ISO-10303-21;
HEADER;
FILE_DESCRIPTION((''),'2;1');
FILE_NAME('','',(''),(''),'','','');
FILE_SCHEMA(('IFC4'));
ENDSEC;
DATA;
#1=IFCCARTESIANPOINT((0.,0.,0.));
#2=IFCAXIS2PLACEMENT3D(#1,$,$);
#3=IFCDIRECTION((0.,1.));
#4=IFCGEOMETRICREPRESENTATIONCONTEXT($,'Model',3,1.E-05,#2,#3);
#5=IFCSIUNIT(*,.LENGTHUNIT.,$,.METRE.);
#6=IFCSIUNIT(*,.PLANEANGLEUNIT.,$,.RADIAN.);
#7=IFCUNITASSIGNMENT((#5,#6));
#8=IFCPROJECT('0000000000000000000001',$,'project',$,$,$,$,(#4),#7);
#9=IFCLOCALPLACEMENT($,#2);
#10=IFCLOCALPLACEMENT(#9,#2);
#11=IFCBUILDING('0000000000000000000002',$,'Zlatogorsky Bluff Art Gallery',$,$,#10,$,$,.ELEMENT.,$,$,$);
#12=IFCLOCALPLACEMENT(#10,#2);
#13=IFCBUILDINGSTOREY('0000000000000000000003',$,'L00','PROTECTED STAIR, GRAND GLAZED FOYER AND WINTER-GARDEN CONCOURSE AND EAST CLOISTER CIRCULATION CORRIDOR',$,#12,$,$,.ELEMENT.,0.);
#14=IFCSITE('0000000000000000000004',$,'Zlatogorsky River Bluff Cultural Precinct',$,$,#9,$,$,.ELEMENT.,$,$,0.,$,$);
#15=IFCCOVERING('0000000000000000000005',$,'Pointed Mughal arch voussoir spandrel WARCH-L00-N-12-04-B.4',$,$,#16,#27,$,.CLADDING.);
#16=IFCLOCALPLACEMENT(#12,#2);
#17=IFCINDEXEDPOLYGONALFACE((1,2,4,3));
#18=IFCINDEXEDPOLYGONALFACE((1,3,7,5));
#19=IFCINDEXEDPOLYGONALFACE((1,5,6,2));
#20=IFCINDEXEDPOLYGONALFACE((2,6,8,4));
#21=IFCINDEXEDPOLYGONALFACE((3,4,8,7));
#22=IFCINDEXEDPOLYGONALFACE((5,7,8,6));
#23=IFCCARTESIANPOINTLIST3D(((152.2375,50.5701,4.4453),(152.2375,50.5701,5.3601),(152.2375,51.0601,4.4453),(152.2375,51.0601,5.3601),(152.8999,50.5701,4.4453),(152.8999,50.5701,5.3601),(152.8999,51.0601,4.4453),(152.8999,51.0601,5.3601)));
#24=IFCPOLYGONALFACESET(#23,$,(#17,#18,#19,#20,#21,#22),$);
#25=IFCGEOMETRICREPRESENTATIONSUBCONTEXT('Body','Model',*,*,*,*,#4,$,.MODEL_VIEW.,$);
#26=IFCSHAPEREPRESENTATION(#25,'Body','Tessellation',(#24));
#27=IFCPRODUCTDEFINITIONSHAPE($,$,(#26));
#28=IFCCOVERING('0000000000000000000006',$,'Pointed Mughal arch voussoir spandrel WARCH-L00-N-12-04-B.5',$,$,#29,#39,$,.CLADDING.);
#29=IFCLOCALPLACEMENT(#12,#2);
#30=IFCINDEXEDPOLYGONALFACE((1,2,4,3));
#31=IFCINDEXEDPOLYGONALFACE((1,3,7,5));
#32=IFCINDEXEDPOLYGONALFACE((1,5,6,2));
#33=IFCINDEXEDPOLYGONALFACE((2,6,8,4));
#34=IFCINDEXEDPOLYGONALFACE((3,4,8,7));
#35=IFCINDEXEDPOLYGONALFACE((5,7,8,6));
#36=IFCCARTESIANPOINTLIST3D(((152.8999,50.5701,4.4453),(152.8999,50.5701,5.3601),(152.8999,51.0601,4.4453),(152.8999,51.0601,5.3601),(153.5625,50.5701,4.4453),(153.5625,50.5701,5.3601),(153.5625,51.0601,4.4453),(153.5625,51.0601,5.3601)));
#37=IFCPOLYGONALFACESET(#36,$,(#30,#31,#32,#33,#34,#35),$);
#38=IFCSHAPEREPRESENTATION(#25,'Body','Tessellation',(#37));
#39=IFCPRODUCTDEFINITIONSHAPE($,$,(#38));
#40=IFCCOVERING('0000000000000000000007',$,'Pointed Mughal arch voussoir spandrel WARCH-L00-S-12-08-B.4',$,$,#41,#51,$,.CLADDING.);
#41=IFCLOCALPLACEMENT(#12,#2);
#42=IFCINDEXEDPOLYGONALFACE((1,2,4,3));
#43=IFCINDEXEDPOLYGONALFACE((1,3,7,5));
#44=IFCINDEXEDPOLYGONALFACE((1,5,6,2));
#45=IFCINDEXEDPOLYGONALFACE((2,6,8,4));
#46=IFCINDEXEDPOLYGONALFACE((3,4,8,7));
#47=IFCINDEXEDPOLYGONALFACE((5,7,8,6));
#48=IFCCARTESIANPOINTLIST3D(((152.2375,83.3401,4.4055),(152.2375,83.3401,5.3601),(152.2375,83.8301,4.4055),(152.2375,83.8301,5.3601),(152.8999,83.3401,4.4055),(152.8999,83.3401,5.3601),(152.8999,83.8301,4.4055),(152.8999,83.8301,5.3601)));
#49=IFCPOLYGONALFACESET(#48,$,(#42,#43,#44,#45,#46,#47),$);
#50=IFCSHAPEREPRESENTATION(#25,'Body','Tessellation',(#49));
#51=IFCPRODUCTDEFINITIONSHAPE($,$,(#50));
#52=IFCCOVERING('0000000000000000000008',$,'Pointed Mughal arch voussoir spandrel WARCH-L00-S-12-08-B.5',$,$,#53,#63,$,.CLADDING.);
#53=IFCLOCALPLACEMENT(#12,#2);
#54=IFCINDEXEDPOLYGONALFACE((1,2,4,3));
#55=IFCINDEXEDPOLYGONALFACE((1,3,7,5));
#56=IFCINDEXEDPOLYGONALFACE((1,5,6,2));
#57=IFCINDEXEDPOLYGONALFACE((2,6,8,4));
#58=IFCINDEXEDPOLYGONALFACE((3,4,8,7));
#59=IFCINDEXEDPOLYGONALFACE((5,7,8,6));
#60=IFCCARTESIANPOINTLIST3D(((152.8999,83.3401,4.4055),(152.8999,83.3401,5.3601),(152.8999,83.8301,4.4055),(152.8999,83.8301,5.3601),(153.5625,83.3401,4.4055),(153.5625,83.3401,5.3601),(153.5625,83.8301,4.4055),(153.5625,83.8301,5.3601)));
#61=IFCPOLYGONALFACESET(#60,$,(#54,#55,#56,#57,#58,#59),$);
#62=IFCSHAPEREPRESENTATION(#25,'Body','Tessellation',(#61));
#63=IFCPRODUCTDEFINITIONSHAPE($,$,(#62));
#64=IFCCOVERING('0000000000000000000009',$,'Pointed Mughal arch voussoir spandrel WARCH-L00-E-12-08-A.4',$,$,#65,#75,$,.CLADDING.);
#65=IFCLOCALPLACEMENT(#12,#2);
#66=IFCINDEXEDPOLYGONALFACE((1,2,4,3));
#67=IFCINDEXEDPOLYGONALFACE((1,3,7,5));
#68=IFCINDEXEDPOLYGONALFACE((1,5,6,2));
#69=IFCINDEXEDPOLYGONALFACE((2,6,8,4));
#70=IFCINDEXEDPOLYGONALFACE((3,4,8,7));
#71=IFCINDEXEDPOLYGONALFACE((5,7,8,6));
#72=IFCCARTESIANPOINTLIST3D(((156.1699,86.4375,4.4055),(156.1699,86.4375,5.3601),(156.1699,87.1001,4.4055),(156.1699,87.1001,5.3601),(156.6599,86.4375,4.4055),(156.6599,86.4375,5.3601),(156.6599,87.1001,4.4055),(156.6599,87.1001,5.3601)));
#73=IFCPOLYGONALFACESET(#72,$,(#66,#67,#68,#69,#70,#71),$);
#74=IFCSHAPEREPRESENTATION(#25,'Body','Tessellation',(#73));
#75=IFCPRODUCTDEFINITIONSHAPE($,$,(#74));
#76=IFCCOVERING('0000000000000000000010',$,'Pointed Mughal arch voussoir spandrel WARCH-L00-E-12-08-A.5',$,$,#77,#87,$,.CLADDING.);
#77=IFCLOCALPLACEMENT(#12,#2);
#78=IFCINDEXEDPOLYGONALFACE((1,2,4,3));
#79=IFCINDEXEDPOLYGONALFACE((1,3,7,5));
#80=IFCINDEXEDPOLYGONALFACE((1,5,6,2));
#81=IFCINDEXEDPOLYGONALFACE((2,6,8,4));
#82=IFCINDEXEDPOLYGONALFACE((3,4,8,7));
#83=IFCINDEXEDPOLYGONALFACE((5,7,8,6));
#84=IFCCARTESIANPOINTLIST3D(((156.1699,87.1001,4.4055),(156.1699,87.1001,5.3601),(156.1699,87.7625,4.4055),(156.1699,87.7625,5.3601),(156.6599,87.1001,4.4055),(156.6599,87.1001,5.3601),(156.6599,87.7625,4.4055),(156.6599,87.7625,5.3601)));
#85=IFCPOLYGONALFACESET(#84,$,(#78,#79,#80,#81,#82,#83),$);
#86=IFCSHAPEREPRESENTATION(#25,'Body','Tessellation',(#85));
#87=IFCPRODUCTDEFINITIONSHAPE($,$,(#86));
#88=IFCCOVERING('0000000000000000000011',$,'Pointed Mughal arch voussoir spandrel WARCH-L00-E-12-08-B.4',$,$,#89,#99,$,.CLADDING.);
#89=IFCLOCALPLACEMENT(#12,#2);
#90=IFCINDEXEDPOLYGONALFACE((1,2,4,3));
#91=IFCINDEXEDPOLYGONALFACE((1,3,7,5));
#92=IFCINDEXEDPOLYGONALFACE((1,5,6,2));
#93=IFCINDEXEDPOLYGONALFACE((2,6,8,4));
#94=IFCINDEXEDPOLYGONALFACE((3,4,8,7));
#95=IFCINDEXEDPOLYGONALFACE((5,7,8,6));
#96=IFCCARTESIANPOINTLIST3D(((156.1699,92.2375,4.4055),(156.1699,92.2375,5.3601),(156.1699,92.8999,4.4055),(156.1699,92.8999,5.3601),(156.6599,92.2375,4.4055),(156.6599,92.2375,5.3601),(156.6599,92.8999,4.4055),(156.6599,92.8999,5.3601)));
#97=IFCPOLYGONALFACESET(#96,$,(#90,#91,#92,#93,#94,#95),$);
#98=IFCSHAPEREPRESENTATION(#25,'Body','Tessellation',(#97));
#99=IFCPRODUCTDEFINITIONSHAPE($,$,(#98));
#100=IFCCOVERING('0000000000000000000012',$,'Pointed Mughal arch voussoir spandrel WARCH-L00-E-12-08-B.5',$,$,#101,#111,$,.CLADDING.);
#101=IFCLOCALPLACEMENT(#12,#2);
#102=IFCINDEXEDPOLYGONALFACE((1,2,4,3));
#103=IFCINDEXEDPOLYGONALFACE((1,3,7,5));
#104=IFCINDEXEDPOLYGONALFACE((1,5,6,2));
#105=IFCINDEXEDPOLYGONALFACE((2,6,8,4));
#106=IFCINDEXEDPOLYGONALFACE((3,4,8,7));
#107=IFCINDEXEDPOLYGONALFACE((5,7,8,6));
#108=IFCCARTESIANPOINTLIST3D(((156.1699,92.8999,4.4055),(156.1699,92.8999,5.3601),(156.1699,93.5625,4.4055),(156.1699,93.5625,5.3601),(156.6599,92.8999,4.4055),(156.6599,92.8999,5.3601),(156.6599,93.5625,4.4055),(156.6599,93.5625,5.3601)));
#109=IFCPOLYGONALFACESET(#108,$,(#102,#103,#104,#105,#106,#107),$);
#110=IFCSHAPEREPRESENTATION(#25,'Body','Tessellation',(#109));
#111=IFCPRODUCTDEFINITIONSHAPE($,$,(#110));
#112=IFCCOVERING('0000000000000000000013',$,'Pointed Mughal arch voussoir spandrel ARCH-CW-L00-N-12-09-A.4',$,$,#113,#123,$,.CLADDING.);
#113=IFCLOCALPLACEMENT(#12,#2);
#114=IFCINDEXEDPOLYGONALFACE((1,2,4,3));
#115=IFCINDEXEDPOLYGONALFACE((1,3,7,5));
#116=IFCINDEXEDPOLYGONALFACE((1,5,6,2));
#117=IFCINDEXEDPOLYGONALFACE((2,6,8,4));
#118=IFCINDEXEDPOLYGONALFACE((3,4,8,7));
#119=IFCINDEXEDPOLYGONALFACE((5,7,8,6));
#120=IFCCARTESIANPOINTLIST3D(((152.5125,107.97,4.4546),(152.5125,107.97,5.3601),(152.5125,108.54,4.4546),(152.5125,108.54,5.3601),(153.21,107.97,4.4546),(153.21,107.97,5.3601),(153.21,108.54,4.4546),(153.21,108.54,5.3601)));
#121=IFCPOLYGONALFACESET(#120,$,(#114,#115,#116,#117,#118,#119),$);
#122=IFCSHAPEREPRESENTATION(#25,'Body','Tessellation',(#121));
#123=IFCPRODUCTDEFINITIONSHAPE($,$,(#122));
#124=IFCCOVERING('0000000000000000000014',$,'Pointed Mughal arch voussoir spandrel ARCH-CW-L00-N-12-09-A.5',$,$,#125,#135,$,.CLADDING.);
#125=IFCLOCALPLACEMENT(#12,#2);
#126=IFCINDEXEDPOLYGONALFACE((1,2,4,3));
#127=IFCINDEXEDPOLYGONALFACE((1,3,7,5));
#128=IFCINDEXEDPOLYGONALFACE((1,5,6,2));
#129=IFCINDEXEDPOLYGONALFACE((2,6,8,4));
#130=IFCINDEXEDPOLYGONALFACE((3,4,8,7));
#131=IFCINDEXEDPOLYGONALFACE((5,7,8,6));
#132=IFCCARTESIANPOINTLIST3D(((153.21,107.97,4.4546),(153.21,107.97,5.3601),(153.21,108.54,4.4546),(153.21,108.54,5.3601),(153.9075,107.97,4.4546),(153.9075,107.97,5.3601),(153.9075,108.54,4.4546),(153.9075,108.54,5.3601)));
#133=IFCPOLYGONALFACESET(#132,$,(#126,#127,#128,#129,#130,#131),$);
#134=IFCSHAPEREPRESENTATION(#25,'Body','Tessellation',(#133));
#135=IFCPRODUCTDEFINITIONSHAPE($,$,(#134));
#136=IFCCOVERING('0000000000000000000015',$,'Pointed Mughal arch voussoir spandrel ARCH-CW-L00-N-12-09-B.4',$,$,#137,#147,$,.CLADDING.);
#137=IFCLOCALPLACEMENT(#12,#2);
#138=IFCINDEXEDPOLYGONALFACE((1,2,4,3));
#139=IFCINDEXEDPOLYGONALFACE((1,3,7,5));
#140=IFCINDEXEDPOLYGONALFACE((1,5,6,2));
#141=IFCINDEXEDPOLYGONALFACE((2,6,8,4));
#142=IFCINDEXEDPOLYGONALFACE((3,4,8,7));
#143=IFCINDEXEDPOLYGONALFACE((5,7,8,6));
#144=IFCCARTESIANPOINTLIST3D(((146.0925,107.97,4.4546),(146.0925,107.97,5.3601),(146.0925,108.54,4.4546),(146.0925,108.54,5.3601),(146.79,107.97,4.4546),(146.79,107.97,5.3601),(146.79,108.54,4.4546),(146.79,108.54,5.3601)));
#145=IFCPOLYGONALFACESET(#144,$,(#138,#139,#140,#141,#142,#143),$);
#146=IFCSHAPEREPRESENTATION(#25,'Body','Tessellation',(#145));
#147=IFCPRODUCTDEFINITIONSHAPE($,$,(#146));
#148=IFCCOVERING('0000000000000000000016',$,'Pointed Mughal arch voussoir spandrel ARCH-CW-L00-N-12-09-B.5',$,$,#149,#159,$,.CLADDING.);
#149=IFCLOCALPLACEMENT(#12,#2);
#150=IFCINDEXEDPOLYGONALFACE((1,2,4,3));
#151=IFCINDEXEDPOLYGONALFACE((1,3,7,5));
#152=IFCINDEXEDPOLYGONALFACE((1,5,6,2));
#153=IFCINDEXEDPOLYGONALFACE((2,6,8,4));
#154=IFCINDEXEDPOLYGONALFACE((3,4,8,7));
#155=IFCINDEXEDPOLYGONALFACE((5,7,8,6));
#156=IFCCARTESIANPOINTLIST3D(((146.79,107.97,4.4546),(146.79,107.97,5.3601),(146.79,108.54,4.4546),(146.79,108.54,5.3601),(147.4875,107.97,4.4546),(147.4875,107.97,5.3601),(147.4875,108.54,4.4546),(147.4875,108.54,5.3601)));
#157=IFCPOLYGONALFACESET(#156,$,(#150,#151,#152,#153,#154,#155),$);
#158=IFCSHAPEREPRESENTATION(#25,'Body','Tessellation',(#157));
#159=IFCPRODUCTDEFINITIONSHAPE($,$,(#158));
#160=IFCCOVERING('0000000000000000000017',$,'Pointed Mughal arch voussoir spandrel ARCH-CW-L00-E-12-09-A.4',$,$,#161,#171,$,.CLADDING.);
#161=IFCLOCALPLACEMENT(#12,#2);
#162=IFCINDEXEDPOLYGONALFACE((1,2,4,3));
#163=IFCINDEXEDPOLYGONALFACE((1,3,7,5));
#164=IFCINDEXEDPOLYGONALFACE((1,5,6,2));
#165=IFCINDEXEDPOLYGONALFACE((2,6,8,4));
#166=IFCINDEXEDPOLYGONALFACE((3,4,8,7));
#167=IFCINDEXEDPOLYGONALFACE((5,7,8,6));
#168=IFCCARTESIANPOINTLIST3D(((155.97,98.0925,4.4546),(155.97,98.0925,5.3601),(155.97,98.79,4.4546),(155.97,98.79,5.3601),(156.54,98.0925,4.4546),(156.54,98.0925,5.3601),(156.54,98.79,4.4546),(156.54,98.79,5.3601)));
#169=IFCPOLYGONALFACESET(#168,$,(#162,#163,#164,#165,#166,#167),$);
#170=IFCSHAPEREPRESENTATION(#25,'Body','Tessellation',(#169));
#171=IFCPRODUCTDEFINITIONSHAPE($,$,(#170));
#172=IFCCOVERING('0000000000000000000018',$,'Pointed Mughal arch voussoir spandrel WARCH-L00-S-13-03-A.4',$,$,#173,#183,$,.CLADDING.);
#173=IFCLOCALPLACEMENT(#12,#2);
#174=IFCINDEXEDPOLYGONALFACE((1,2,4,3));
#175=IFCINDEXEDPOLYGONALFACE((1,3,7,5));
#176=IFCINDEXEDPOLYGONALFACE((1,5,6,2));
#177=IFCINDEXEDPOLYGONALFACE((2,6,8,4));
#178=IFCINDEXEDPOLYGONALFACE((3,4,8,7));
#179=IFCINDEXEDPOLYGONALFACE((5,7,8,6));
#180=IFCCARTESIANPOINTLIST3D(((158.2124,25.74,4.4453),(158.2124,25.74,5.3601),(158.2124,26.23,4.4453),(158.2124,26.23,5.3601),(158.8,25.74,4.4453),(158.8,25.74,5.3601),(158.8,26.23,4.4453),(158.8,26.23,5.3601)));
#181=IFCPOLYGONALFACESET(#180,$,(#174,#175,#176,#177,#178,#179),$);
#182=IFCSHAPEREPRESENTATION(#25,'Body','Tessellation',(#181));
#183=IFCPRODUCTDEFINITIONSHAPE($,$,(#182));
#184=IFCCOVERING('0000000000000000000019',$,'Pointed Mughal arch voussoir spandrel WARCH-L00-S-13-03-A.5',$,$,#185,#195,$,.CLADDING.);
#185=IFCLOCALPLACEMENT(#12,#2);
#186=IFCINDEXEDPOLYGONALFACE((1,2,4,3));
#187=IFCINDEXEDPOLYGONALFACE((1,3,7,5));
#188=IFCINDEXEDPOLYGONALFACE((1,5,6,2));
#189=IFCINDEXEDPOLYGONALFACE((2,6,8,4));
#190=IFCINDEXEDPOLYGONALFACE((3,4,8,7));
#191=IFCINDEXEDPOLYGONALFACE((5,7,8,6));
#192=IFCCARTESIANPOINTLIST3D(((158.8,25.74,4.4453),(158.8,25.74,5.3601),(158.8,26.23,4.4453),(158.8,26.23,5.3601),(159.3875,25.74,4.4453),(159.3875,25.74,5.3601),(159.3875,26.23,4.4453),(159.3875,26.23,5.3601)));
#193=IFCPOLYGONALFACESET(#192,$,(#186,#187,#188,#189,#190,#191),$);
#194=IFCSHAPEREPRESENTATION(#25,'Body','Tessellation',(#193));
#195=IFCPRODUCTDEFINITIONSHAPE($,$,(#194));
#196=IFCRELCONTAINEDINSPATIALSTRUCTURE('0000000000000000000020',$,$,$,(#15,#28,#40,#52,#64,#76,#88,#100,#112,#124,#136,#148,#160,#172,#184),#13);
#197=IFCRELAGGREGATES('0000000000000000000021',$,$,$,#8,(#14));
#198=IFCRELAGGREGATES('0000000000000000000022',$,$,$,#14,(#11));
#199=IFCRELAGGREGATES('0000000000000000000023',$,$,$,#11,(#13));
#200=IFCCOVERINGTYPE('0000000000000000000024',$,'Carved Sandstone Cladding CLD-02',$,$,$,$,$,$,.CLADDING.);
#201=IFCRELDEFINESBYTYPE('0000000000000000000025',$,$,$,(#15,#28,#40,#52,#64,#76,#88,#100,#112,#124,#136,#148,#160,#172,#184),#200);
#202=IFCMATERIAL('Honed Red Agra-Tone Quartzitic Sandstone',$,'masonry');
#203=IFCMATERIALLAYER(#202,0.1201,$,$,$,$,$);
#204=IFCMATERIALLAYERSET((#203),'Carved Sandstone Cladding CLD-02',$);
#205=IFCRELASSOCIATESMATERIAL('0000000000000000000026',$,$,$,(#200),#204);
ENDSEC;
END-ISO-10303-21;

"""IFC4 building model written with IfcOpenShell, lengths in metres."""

from ifc_helpers import new_model, si_unit, direction, frame, origin, place, context, subcontext, project, spatial, polyline, outline, extrude, material, layer, layer_set, type_object, element, save


model = new_model("IFC4")

# Units and contexts
model_context = context("Model", 3, precision=1e-05, world=origin(), true_north=direction((0.0, 1.0)))
body_context = subcontext(model_context, "Body", "Model", "MODEL_VIEW")
ifc_project = project(units=[si_unit("LENGTHUNIT", "METRE"), si_unit("PLANEANGLEUNIT", "RADIAN")], contexts=[model_context])

# Site, building, storey
site_placement = place(None, origin())
site = spatial("IfcSite", under=ifc_project, at=site_placement, Name="Zlatogorsky River Bluff Cultural Precinct", CompositionType="ELEMENT", RefElevation=0.0)
building_placement = place(site_placement, origin())
building = spatial("IfcBuilding", under=site, at=building_placement, Name="Zlatogorsky Bluff Art Gallery", CompositionType="ELEMENT")
storey_placement = place(building_placement, origin())
storey = spatial("IfcBuildingStorey", under=building, at=storey_placement, Name="L00", Description="PROTECTED STAIR, GRAND GLAZED FOYER AND WINTER-GARDEN CONCOURSE AND EAST CLOISTER CIRCULATION CORRIDOR", CompositionType="ELEMENT", Elevation=0.0)

# Coverings
ifc_material = material(Name="Honed Red Agra-Tone Quartzitic Sandstone", Category="masonry")
ifc_layer = layer(ifc_material, 0.1201)
ifc_layer_set = layer_set([ifc_layer], Name="Carved Sandstone Cladding CLD-02")
covering_type = type_object("IfcCoveringType", Name="Carved Sandstone Cladding CLD-02", PredefinedType="CLADDING", material=ifc_layer_set)
covering_1_placement = place(storey_placement, frame((0.0, 0.0, 4.4453)))
element("IfcCovering", 1, at=covering_1_placement, inside=storey, type_object=covering_type, Name="Pointed Mughal arch voussoir spandrel WARCH-L00-N-12-04-B.4", PredefinedType="CLADDING", context=body_context, shape_type="SweptSolid", body=[
    extrude(outline(polyline([(152.2375, 50.5701), (152.8999, 50.5701), (152.8999, 51.0601), (152.2375, 51.0601), (152.2375, 50.5701)])), origin(), (0.0, 0.0, 1.0), 0.9148),
])
covering_2_placement = place(storey_placement, frame((0.0, 0.0, 4.4453)))
element("IfcCovering", 2, at=covering_2_placement, inside=storey, type_object=covering_type, Name="Pointed Mughal arch voussoir spandrel WARCH-L00-N-12-04-B.5", PredefinedType="CLADDING", context=body_context, shape_type="SweptSolid", body=[
    extrude(outline(polyline([(152.8999, 50.5701), (153.5625, 50.5701), (153.5625, 51.0601), (152.8999, 51.0601), (152.8999, 50.5701)])), origin(), (0.0, 0.0, 1.0), 0.9148),
])
covering_3_placement = place(storey_placement, frame((0.0, 0.0, 4.4055)))
element("IfcCovering", 3, at=covering_3_placement, inside=storey, type_object=covering_type, Name="Pointed Mughal arch voussoir spandrel WARCH-L00-S-12-08-B.4", PredefinedType="CLADDING", context=body_context, shape_type="SweptSolid", body=[
    extrude(outline(polyline([(152.2375, 83.3401), (152.8999, 83.3401), (152.8999, 83.8301), (152.2375, 83.8301), (152.2375, 83.3401)])), origin(), (0.0, 0.0, 1.0), 0.9546),
])
covering_4_placement = place(storey_placement, frame((0.0, 0.0, 4.4055)))
element("IfcCovering", 4, at=covering_4_placement, inside=storey, type_object=covering_type, Name="Pointed Mughal arch voussoir spandrel WARCH-L00-S-12-08-B.5", PredefinedType="CLADDING", context=body_context, shape_type="SweptSolid", body=[
    extrude(outline(polyline([(152.8999, 83.3401), (153.5625, 83.3401), (153.5625, 83.8301), (152.8999, 83.8301), (152.8999, 83.3401)])), origin(), (0.0, 0.0, 1.0), 0.9546),
])
covering_5_placement = place(storey_placement, frame((0.0, 0.0, 4.4055)))
element("IfcCovering", 5, at=covering_5_placement, inside=storey, type_object=covering_type, Name="Pointed Mughal arch voussoir spandrel WARCH-L00-E-12-08-A.4", PredefinedType="CLADDING", context=body_context, shape_type="SweptSolid", body=[
    extrude(outline(polyline([(156.1699, 86.4375), (156.1699, 87.1001), (156.6599, 87.1001), (156.6599, 86.4375), (156.1699, 86.4375)])), origin(), (0.0, 0.0, 1.0), 0.9546),
])
covering_6_placement = place(storey_placement, frame((0.0, 0.0, 4.4055)))
element("IfcCovering", 6, at=covering_6_placement, inside=storey, type_object=covering_type, Name="Pointed Mughal arch voussoir spandrel WARCH-L00-E-12-08-A.5", PredefinedType="CLADDING", context=body_context, shape_type="SweptSolid", body=[
    extrude(outline(polyline([(156.1699, 87.1001), (156.1699, 87.7625), (156.6599, 87.7625), (156.6599, 87.1001), (156.1699, 87.1001)])), origin(), (0.0, 0.0, 1.0), 0.9546),
])
covering_7_placement = place(storey_placement, frame((0.0, 0.0, 4.4055)))
element("IfcCovering", 7, at=covering_7_placement, inside=storey, type_object=covering_type, Name="Pointed Mughal arch voussoir spandrel WARCH-L00-E-12-08-B.4", PredefinedType="CLADDING", context=body_context, shape_type="SweptSolid", body=[
    extrude(outline(polyline([(156.1699, 92.2375), (156.1699, 92.8999), (156.6599, 92.8999), (156.6599, 92.2375), (156.1699, 92.2375)])), origin(), (0.0, 0.0, 1.0), 0.9546),
])
covering_8_placement = place(storey_placement, frame((0.0, 0.0, 4.4055)))
element("IfcCovering", 8, at=covering_8_placement, inside=storey, type_object=covering_type, Name="Pointed Mughal arch voussoir spandrel WARCH-L00-E-12-08-B.5", PredefinedType="CLADDING", context=body_context, shape_type="SweptSolid", body=[
    extrude(outline(polyline([(156.1699, 92.8999), (156.1699, 93.5625), (156.6599, 93.5625), (156.6599, 92.8999), (156.1699, 92.8999)])), origin(), (0.0, 0.0, 1.0), 0.9546),
])
covering_9_placement = place(storey_placement, frame((0.0, 0.0, 4.4546)))
element("IfcCovering", 9, at=covering_9_placement, inside=storey, type_object=covering_type, Name="Pointed Mughal arch voussoir spandrel ARCH-CW-L00-N-12-09-A.4", PredefinedType="CLADDING", context=body_context, shape_type="SweptSolid", body=[
    extrude(outline(polyline([(152.5125, 107.97), (153.21, 107.97), (153.21, 108.54), (152.5125, 108.54), (152.5125, 107.97)])), origin(), (0.0, 0.0, 1.0), 0.9055),
])
covering_10_placement = place(storey_placement, frame((0.0, 0.0, 4.4546)))
element("IfcCovering", 10, at=covering_10_placement, inside=storey, type_object=covering_type, Name="Pointed Mughal arch voussoir spandrel ARCH-CW-L00-N-12-09-A.5", PredefinedType="CLADDING", context=body_context, shape_type="SweptSolid", body=[
    extrude(outline(polyline([(153.21, 107.97), (153.9075, 107.97), (153.9075, 108.54), (153.21, 108.54), (153.21, 107.97)])), origin(), (0.0, 0.0, 1.0), 0.9055),
])
covering_11_placement = place(storey_placement, frame((0.0, 0.0, 4.4546)))
element("IfcCovering", 11, at=covering_11_placement, inside=storey, type_object=covering_type, Name="Pointed Mughal arch voussoir spandrel ARCH-CW-L00-N-12-09-B.4", PredefinedType="CLADDING", context=body_context, shape_type="SweptSolid", body=[
    extrude(outline(polyline([(146.0925, 107.97), (146.79, 107.97), (146.79, 108.54), (146.0925, 108.54), (146.0925, 107.97)])), origin(), (0.0, 0.0, 1.0), 0.9055),
])
covering_12_placement = place(storey_placement, frame((0.0, 0.0, 4.4546)))
element("IfcCovering", 12, at=covering_12_placement, inside=storey, type_object=covering_type, Name="Pointed Mughal arch voussoir spandrel ARCH-CW-L00-N-12-09-B.5", PredefinedType="CLADDING", context=body_context, shape_type="SweptSolid", body=[
    extrude(outline(polyline([(146.79, 107.97), (147.4875, 107.97), (147.4875, 108.54), (146.79, 108.54), (146.79, 107.97)])), origin(), (0.0, 0.0, 1.0), 0.9055),
])
covering_13_placement = place(storey_placement, frame((0.0, 0.0, 4.4546)))
element("IfcCovering", 13, at=covering_13_placement, inside=storey, type_object=covering_type, Name="Pointed Mughal arch voussoir spandrel ARCH-CW-L00-E-12-09-A.4", PredefinedType="CLADDING", context=body_context, shape_type="SweptSolid", body=[
    extrude(outline(polyline([(155.97, 98.0925), (155.97, 98.79), (156.54, 98.79), (156.54, 98.0925), (155.97, 98.0925)])), origin(), (0.0, 0.0, 1.0), 0.9055),
])
covering_14_placement = place(storey_placement, frame((0.0, 0.0, 4.4453)))
element("IfcCovering", 14, at=covering_14_placement, inside=storey, type_object=covering_type, Name="Pointed Mughal arch voussoir spandrel WARCH-L00-S-13-03-A.4", PredefinedType="CLADDING", context=body_context, shape_type="SweptSolid", body=[
    extrude(outline(polyline([(158.2124, 25.74), (158.8, 25.74), (158.8, 26.23), (158.2124, 26.23), (158.2124, 25.74)])), origin(), (0.0, 0.0, 1.0), 0.9148),
])
covering_15_placement = place(storey_placement, frame((0.0, 0.0, 4.4453)))
element("IfcCovering", 15, at=covering_15_placement, inside=storey, type_object=covering_type, Name="Pointed Mughal arch voussoir spandrel WARCH-L00-S-13-03-A.5", PredefinedType="CLADDING", context=body_context, shape_type="SweptSolid", body=[
    extrude(outline(polyline([(158.8, 25.74), (159.3875, 25.74), (159.3875, 26.23), (158.8, 26.23), (158.8, 25.74)])), origin(), (0.0, 0.0, 1.0), 0.9148),
])

save(model, "model.ifc")
